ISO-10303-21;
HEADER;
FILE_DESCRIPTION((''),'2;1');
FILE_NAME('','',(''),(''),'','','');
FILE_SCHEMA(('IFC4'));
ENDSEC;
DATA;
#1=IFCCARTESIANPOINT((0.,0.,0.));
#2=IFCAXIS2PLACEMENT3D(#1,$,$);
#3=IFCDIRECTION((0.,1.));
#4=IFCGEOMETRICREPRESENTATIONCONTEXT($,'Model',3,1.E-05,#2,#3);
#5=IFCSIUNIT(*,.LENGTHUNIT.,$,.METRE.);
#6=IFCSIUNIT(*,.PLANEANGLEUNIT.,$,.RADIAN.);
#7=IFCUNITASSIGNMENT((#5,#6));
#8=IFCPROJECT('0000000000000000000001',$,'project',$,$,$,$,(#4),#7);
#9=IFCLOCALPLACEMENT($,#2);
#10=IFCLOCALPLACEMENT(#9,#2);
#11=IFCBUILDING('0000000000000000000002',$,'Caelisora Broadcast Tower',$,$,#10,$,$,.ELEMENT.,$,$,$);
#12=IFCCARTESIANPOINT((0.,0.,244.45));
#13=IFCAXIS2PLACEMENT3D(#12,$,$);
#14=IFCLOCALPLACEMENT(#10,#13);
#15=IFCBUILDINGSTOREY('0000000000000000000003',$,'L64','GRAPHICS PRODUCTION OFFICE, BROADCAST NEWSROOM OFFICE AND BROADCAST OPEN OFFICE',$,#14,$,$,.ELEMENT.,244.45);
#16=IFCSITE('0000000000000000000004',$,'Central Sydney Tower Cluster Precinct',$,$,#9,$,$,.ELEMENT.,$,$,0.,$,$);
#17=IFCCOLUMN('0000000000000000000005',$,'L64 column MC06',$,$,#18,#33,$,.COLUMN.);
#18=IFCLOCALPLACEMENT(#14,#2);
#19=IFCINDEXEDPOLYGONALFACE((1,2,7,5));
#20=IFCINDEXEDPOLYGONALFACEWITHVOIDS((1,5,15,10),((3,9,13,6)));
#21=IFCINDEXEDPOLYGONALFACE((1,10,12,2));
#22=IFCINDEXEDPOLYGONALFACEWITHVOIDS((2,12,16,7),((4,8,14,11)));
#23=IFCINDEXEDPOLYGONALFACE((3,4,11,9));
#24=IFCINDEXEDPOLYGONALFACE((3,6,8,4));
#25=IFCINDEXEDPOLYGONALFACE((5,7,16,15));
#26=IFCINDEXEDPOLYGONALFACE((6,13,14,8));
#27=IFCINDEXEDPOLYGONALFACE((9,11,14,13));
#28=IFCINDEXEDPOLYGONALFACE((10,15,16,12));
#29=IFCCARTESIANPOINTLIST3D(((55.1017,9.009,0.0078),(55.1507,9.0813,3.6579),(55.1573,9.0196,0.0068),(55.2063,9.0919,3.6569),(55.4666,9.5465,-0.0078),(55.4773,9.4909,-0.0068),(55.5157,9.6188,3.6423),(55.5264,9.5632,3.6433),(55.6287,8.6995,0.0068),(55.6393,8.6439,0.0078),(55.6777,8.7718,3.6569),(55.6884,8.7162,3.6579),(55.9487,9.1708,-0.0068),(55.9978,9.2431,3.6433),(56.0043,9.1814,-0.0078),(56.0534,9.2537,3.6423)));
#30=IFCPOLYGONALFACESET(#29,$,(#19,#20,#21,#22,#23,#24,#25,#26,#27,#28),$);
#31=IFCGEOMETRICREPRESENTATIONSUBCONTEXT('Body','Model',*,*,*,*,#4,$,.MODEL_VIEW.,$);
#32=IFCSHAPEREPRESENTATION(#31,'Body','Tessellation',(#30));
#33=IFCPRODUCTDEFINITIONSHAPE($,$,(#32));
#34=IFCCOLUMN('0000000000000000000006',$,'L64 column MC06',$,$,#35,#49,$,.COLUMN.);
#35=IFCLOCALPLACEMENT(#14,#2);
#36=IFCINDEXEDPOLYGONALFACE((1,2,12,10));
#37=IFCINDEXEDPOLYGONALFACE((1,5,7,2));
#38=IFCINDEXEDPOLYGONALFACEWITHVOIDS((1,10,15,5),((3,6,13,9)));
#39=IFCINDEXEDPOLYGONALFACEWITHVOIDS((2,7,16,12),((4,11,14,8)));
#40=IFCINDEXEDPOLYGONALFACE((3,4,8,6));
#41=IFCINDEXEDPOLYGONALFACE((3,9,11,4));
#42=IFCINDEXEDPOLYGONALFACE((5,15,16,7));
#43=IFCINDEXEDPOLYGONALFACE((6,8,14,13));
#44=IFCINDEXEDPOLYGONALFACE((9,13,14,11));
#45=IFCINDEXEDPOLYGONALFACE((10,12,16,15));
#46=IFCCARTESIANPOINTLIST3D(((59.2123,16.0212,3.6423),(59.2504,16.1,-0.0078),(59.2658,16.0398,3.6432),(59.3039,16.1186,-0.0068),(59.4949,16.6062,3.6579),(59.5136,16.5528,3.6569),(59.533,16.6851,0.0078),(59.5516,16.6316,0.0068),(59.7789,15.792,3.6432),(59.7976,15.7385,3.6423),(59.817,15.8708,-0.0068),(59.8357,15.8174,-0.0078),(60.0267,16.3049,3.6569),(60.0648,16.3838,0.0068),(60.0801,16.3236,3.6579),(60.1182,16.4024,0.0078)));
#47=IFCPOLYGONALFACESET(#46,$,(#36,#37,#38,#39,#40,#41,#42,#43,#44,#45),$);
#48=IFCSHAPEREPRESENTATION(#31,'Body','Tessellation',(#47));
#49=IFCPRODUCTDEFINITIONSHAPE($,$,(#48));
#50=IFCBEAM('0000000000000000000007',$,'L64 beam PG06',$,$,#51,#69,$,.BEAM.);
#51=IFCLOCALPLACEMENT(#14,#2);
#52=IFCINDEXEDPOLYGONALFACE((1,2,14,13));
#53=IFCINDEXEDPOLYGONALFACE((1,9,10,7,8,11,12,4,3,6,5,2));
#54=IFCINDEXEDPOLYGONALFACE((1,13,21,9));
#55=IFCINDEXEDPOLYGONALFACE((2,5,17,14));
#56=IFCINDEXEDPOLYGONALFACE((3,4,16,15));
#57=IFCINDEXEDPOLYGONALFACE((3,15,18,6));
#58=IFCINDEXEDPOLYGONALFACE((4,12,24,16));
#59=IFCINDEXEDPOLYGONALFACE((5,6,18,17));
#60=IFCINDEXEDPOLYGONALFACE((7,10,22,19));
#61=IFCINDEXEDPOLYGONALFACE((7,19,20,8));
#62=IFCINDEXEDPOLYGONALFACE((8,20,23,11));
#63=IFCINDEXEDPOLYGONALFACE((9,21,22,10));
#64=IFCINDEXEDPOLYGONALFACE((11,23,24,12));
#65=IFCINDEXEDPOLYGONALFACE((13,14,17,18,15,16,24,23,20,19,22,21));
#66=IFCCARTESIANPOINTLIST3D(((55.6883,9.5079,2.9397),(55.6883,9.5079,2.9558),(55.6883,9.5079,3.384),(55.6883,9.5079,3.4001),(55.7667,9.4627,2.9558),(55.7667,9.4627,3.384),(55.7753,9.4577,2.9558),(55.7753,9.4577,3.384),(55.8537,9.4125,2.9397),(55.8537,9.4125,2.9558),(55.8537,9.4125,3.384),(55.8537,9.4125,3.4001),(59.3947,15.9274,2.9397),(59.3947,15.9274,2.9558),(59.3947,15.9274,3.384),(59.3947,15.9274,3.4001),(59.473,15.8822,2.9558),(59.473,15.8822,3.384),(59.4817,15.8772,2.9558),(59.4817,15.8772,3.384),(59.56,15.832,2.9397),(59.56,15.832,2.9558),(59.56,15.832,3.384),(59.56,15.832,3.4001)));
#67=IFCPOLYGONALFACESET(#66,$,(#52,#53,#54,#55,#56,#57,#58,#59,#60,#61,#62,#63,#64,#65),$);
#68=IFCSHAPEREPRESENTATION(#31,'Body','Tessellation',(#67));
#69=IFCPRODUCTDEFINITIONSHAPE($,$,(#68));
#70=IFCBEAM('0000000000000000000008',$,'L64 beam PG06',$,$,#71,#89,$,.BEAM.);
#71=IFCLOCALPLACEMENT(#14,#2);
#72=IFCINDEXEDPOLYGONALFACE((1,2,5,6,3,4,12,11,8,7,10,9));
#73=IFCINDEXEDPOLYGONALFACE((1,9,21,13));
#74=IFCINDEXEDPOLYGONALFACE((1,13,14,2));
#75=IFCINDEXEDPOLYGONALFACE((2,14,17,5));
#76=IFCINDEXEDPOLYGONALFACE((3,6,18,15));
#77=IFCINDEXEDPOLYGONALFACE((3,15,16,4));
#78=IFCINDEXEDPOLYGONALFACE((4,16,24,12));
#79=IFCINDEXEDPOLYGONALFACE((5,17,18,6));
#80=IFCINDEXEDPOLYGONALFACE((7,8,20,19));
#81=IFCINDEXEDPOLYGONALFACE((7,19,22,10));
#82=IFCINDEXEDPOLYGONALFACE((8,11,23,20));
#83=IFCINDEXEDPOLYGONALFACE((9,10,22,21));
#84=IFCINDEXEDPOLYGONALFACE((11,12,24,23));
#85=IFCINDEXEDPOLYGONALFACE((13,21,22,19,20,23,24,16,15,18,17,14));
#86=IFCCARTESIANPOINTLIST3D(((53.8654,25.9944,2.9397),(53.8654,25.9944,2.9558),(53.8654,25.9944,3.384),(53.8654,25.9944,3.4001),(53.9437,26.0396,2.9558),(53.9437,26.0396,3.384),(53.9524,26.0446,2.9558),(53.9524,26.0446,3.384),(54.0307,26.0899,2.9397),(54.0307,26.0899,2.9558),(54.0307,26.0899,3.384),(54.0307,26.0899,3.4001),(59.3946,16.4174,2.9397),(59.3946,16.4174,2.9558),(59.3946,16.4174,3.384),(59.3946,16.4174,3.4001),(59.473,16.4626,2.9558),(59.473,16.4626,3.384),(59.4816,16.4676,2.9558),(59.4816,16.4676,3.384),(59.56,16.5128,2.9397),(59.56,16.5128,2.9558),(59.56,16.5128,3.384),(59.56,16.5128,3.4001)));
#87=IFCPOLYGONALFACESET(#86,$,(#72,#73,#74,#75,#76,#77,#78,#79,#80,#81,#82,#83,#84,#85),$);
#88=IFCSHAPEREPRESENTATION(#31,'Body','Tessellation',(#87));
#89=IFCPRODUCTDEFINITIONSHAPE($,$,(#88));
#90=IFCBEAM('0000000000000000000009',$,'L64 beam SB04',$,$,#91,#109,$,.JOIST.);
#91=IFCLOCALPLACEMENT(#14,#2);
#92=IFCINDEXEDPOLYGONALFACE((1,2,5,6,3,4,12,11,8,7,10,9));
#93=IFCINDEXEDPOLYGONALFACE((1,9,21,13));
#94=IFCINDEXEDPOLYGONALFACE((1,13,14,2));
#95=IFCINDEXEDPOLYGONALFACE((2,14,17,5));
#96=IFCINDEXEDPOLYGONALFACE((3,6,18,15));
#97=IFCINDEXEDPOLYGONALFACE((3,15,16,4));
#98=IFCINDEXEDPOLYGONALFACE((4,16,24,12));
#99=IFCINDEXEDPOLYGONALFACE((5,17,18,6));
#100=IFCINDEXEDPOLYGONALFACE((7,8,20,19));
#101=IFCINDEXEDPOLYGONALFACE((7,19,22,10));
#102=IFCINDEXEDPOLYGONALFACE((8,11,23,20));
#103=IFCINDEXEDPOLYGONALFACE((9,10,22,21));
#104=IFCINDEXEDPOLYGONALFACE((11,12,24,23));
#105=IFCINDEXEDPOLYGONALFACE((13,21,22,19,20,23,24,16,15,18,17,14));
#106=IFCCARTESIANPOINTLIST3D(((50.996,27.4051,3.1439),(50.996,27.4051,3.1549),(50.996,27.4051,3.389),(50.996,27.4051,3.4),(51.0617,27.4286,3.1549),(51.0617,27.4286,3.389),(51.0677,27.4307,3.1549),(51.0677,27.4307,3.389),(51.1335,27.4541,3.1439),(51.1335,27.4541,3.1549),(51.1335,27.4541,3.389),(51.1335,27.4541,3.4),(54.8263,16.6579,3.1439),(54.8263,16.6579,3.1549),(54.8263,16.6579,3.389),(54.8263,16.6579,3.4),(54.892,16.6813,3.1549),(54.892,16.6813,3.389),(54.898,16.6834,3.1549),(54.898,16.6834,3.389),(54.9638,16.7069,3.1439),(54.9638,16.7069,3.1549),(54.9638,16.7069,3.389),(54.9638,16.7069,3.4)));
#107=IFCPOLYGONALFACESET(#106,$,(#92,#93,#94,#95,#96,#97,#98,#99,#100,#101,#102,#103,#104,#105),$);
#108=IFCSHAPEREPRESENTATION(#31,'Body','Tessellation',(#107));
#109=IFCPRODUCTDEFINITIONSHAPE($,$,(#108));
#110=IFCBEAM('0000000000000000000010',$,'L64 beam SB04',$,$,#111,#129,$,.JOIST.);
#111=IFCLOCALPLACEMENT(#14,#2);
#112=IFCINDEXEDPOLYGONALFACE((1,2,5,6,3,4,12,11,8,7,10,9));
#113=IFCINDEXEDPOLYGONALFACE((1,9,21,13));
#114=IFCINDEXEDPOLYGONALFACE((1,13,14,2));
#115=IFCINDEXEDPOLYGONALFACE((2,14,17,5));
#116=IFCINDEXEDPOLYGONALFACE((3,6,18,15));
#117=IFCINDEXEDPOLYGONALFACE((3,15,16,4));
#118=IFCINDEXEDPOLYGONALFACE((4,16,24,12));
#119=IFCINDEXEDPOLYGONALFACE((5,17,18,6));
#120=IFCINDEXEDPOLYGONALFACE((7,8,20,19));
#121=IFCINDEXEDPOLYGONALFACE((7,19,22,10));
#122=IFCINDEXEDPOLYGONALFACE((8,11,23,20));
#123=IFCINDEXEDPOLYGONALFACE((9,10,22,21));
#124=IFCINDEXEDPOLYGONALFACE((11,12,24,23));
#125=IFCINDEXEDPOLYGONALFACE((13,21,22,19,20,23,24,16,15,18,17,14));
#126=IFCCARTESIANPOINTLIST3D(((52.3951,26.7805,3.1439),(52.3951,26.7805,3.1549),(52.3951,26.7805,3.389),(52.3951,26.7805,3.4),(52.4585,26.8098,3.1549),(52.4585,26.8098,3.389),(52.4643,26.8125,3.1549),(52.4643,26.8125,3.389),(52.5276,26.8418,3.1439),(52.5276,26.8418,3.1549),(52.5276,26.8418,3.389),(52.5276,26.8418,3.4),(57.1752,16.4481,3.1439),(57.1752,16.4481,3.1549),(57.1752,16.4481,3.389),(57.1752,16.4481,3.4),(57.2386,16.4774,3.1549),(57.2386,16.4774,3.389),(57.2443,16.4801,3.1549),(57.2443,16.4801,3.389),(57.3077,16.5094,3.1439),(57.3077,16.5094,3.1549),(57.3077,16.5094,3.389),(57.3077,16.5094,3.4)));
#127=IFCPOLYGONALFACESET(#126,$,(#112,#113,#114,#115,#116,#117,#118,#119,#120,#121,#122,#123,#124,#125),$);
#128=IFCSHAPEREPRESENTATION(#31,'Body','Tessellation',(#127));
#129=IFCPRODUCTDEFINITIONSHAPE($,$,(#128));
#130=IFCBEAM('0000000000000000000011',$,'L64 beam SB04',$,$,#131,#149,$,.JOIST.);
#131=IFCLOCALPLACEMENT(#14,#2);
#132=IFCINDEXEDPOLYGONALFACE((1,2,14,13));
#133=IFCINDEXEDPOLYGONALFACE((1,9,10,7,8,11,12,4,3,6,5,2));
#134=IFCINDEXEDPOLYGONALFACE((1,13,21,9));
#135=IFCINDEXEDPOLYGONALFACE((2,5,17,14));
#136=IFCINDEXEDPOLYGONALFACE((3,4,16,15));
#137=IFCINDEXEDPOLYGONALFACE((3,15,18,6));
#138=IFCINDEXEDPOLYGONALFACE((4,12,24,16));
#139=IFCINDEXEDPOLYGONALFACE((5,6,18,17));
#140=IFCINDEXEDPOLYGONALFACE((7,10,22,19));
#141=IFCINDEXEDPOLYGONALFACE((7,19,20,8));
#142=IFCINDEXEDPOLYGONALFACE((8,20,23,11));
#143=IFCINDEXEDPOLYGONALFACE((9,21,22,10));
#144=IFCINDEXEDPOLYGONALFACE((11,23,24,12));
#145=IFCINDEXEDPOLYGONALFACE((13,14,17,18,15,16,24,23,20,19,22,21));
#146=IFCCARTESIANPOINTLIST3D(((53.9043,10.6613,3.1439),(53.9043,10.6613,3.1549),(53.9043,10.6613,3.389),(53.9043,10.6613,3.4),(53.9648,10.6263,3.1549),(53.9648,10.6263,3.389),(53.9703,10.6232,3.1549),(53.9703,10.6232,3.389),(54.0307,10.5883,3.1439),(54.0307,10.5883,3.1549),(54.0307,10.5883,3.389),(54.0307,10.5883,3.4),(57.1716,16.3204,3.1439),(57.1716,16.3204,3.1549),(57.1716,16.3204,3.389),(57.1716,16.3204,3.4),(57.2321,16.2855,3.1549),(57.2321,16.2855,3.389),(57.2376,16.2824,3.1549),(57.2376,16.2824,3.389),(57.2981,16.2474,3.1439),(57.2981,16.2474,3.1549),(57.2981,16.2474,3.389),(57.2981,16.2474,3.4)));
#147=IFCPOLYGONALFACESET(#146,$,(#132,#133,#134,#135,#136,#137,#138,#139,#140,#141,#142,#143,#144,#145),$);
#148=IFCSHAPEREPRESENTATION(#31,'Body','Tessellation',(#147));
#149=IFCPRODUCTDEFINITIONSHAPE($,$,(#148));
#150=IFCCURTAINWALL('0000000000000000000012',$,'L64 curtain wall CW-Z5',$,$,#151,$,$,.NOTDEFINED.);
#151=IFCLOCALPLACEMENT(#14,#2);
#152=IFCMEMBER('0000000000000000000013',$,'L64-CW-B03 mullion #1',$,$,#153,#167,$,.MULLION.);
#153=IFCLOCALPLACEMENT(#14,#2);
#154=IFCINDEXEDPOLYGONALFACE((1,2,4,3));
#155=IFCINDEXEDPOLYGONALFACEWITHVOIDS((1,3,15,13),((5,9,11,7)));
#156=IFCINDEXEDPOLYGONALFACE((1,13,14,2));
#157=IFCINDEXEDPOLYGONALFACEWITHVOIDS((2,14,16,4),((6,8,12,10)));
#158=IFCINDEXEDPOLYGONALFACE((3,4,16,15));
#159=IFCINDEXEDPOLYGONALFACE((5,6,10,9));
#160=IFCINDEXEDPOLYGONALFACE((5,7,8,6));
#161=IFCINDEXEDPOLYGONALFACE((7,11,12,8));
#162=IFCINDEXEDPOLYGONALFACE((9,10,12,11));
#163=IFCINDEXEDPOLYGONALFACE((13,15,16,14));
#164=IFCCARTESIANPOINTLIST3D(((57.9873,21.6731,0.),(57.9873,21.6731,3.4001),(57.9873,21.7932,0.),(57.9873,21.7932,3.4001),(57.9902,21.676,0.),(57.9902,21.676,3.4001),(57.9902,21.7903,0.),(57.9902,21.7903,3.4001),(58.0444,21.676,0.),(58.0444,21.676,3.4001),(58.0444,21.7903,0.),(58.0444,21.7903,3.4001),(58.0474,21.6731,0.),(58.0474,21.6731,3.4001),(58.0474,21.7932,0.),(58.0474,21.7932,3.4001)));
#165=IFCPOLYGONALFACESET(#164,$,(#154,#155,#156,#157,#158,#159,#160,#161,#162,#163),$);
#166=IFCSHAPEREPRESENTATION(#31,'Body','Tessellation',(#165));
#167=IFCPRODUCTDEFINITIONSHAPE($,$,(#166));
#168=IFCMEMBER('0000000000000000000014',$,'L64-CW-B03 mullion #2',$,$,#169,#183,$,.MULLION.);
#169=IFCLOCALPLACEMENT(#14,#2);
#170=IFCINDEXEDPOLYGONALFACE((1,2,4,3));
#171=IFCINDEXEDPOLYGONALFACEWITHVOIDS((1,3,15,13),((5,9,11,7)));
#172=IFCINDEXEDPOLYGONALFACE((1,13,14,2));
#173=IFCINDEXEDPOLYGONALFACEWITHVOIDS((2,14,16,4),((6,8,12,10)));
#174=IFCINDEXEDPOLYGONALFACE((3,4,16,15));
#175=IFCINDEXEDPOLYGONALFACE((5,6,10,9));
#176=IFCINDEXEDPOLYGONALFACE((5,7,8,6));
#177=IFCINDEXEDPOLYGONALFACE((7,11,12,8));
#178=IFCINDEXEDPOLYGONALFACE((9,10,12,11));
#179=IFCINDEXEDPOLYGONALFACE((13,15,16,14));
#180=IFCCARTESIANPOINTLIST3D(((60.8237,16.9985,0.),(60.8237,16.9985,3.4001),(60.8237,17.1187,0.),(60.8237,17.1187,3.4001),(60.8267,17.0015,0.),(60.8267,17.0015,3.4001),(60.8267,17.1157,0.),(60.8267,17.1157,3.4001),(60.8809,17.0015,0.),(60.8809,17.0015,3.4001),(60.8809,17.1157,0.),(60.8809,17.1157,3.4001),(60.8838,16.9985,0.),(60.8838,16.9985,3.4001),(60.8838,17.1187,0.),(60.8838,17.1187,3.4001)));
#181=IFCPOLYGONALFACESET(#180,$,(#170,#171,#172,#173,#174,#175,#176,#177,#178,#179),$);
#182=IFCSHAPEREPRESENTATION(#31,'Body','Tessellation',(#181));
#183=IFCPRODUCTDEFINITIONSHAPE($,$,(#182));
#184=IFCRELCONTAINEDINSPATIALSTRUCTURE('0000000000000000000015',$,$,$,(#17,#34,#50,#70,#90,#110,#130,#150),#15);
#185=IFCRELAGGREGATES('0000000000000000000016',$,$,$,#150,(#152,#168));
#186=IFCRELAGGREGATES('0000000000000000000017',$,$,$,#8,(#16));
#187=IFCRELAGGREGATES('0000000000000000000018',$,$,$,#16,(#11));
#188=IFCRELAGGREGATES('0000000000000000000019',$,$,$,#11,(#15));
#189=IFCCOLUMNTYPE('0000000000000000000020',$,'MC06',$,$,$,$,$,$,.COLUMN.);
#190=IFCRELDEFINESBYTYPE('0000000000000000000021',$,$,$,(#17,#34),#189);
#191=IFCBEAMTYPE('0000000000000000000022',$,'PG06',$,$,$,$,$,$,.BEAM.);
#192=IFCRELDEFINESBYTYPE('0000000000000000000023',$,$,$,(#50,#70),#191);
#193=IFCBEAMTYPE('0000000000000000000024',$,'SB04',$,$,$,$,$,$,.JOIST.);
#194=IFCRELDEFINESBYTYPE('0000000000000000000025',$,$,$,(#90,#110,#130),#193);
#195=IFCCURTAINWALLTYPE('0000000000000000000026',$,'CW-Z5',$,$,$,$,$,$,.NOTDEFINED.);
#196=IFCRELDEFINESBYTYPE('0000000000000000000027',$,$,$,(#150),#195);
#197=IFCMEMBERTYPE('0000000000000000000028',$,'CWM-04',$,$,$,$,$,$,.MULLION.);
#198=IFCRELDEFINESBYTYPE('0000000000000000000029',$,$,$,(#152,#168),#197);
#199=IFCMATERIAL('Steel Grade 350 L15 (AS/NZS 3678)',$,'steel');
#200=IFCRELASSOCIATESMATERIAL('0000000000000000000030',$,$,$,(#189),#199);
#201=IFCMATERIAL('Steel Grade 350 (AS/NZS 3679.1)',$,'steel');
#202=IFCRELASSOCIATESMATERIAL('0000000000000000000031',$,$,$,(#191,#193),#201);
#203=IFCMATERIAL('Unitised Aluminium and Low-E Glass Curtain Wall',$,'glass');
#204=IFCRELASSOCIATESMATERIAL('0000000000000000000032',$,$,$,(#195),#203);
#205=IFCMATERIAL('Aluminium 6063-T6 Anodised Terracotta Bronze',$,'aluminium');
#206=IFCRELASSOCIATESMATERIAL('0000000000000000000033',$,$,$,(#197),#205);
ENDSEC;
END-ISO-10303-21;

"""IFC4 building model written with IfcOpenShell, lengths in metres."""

from ifc_helpers import new_model, si_unit, direction, frame, origin, origin_2d, place, context, subcontext, project, spatial, hollow_rectangle, i_section, extrude, source, transform, mapped, material, material_profile, profile_set, type_object, type_shapes, element, aggregate, save


model = new_model("IFC4")

# Units and contexts
model_context = context("Model", 3, precision=1e-05, world=origin(), true_north=direction((0.0, 1.0)))
body_context = subcontext(model_context, "Body", "Model", "MODEL_VIEW")
ifc_project = project(units=[si_unit("LENGTHUNIT", "METRE"), si_unit("PLANEANGLEUNIT", "RADIAN")], contexts=[model_context])

# Site, building, storey
site_placement = place(None, origin())
site = spatial("IfcSite", under=ifc_project, at=site_placement, Name="Central Sydney Tower Cluster Precinct", CompositionType="ELEMENT", RefElevation=0.0)
building_placement = place(site_placement, origin())
building = spatial("IfcBuilding", under=site, at=building_placement, Name="Caelisora Broadcast Tower", CompositionType="ELEMENT")
storey_placement = place(building_placement, frame((0.0, 0.0, 244.45)))
storey = spatial("IfcBuildingStorey", under=building, at=storey_placement, Name="L64", Description="GRAPHICS PRODUCTION OFFICE, BROADCAST NEWSROOM OFFICE AND BROADCAST OPEN OFFICE", CompositionType="ELEMENT", Elevation=244.45)

# Columns
ifc_material_1 = material(Name="Steel Grade 350 L15 (AS/NZS 3678)", Category="steel")
ifc_material_profile_1 = material_profile(ifc_material_1, hollow_rectangle(XDim=0.6499, YDim=0.6499, WallThickness=0.04, at=origin_2d()), Name="Steel Grade 350 L15 (AS/NZS 3678)")
ifc_profile_set_1 = profile_set([ifc_material_profile_1], Name="Steel Grade 350 L15 (AS/NZS 3678)")
column_type = type_object("IfcColumnType", Name="MC06", PredefinedType="COLUMN", material=ifc_profile_set_1)
shared_shape_1 = source(origin(), body_context, "Body", "SweptSolid", [
    extrude(hollow_rectangle(XDim=0.6499, YDim=0.6499, WallThickness=0.04, at=origin_2d()), origin(), (0.0, 0.0, 1.0), 3.6511),
])
type_shapes(column_type, [shared_shape_1])
for number, where, z_axis, x_axis, name in (
    (1, (55.553, 9.0952, 0.0), (0.01344, 0.019792, 0.999714), (-0.82729, 0.561775, 0.0), "L64 column MC06"),
    (2, (59.6843, 16.2512, 0.0), (-0.010431, -0.021598, 0.999712), (0.900476, -0.434905, 0.0), "L64 column MC06"),
):
    element("IfcColumn", number, at=place(storey_placement, frame(where, z_axis=z_axis, x_axis=x_axis)), inside=storey, type_object=column_type, Name=name, PredefinedType="COLUMN", context=body_context, shape_type="MappedRepresentation", body=[
        mapped(shared_shape_1, transform((0.0, 0.0, 0.0), scale=1.0)),
    ])

# Beams
ifc_material_2 = material(Name="Steel Grade 350 (AS/NZS 3679.1)", Category="steel")
ifc_material_profile_2 = material_profile(ifc_material_2, i_section(OverallWidth=0.1909, OverallDepth=0.4604, WebThickness=0.01, FlangeThickness=0.0161, at=origin_2d()), Name="Steel Grade 350 (AS/NZS 3679.1)")
ifc_profile_set_2 = profile_set([ifc_material_profile_2], Name="Steel Grade 350 (AS/NZS 3679.1)")
beam_type_1 = type_object("IfcBeamType", Name="PG06", PredefinedType="BEAM", material=ifc_profile_set_2)
shared_shape_2 = source(origin(), body_context, "Body", "SweptSolid", [
    extrude(i_section(OverallWidth=0.1909, OverallDepth=0.4604, WebThickness=0.01, FlangeThickness=0.0161, at=origin_2d()), origin(), (0.0, 0.0, 1.0), 7.4126),
])
beam_1_placement = place(storey_placement, frame((55.771, 9.4602, 3.1699), z_axis=(0.500004, 0.866023, 0.0), x_axis=(-0.866023, 0.500004, 0.0)))
element("IfcBeam", 3, at=beam_1_placement, inside=storey, type_object=beam_type_1, Name="L64 beam PG06", PredefinedType="BEAM", context=body_context, shape_type="MappedRepresentation", body=[
    mapped(shared_shape_2, transform((0.0, 0.0, 0.0), scale=1.0)),
])
shared_shape_3 = source(origin(), body_context, "Body", "SweptSolid", [
    extrude(i_section(OverallWidth=0.1909, OverallDepth=0.4604, WebThickness=0.01, FlangeThickness=0.0161, at=origin_2d()), origin(), (0.0, 0.0, 1.0), 11.0586),
])
type_shapes(beam_type_1, [shared_shape_2, shared_shape_3])
beam_2_placement = place(storey_placement, frame((59.4773, 16.4651, 3.1699), z_axis=(-0.499995, 0.866028, 0.0), x_axis=(-0.866028, -0.499995, 0.0)))
element("IfcBeam", 4, at=beam_2_placement, inside=storey, type_object=beam_type_1, Name="L64 beam PG06", PredefinedType="BEAM", context=body_context, shape_type="MappedRepresentation", body=[
    mapped(shared_shape_3, transform((0.0, 0.0, 0.0), scale=1.0)),
])
ifc_material_profile_3 = material_profile(ifc_material_2, i_section(OverallWidth=0.146, OverallDepth=0.2561, WebThickness=0.0063, FlangeThickness=0.011, at=origin_2d()), Name="Steel Grade 350 (AS/NZS 3679.1)")
ifc_profile_set_3 = profile_set([ifc_material_profile_3], Name="Steel Grade 350 (AS/NZS 3679.1)")
beam_type_2 = type_object("IfcBeamType", Name="SB04", PredefinedType="JOIST", material=ifc_profile_set_3)
shared_shape_4 = source(origin(), body_context, "Body", "SweptSolid", [
    extrude(i_section(OverallWidth=0.146, OverallDepth=0.2561, WebThickness=0.0063, FlangeThickness=0.011, at=origin_2d()), origin(), (0.0, 0.0, 1.0), 11.4094),
])
beam_3_placement = place(storey_placement, frame((54.895, 16.6824, 3.272), z_axis=(-0.335714, 0.941964, 0.0), x_axis=(-0.941964, -0.335714, 0.0)))
element("IfcBeam", 5, at=beam_3_placement, inside=storey, type_object=beam_type_2, Name="L64 beam SB04", PredefinedType="JOIST", context=body_context, shape_type="MappedRepresentation", body=[
    mapped(shared_shape_4, transform((0.0, 0.0, 0.0), scale=1.0)),
])
shared_shape_5 = source(origin(), body_context, "Body", "SweptSolid", [
    extrude(i_section(OverallWidth=0.146, OverallDepth=0.2561, WebThickness=0.0063, FlangeThickness=0.011, at=origin_2d()), origin(), (0.0, 0.0, 1.0), 11.3845),
])
beam_4_placement = place(storey_placement, frame((57.2415, 16.4788, 3.272), z_axis=(-0.419875, 0.907582, 0.0), x_axis=(-0.907582, -0.419875, 0.0)))
element("IfcBeam", 6, at=beam_4_placement, inside=storey, type_object=beam_type_2, Name="L64 beam SB04", PredefinedType="JOIST", context=body_context, shape_type="MappedRepresentation", body=[
    mapped(shared_shape_5, transform((0.0, 0.0, 0.0), scale=1.0)),
])
shared_shape_6 = source(origin(), body_context, "Body", "SweptSolid", [
    extrude(i_section(OverallWidth=0.146, OverallDepth=0.2561, WebThickness=0.0063, FlangeThickness=0.011, at=origin_2d()), origin(), (0.0, 0.0, 1.0), 6.5347),
])
type_shapes(beam_type_2, [shared_shape_4, shared_shape_5, shared_shape_6])
beam_5_placement = place(storey_placement, frame((53.9675, 10.6248, 3.272), z_axis=(0.500001, 0.866025, 0.0), x_axis=(-0.866025, 0.500001, 0.0)))
element("IfcBeam", 7, at=beam_5_placement, inside=storey, type_object=beam_type_2, Name="L64 beam SB04", PredefinedType="JOIST", context=body_context, shape_type="MappedRepresentation", body=[
    mapped(shared_shape_6, transform((0.0, 0.0, 0.0), scale=1.0)),
])

# Curtain wall, members
ifc_material_3 = material(Name="Unitised Aluminium and Low-E Glass Curtain Wall", Category="glass")
curtain_wall_type = type_object("IfcCurtainWallType", Name="CW-Z5", PredefinedType="NOTDEFINED", material=ifc_material_3)
curtain_wall_1_placement = place(storey_placement, origin())
curtain_wall_1 = element("IfcCurtainWall", 8, at=curtain_wall_1_placement, inside=storey, type_object=curtain_wall_type, Name="L64 curtain wall CW-Z5", PredefinedType="NOTDEFINED")
ifc_material_4 = material(Name="Aluminium 6063-T6 Anodised Terracotta Bronze", Category="aluminium")
ifc_material_profile_4 = material_profile(ifc_material_4, hollow_rectangle(XDim=0.0601, YDim=0.1201, WallThickness=0.0029, at=origin_2d()), Name="Aluminium 6063-T6 Anodised Terracotta Bronze")
ifc_profile_set_4 = profile_set([ifc_material_profile_4], Name="Aluminium 6063-T6 Anodised Terracotta Bronze")
member_type_1 = type_object("IfcMemberType", Name="CWM-04", PredefinedType="MULLION", material=ifc_profile_set_4)
shared_shape_7 = source(origin(), body_context, "Body", "SweptSolid", [
    extrude(hollow_rectangle(XDim=0.0601, YDim=0.1201, WallThickness=0.0029, at=origin_2d()), origin(), (0.0, 0.0, 1.0), 3.4001),
])
type_shapes(member_type_1, [shared_shape_7])
member_1_placement = place(storey_placement, frame((58.0173, 21.7332, 0.0), z_axis=(0.0, 0.0, 1.0), x_axis=(1.0, 0.0, 0.0)))
member_1 = element("IfcMember", 9, at=member_1_placement, type_object=member_type_1, Name="L64-CW-B03 mullion #1", PredefinedType="MULLION", context=body_context, shape_type="MappedRepresentation", body=[
    mapped(shared_shape_7, transform((0.0, 0.0, 0.0), scale=1.0)),
])
member_2_placement = place(storey_placement, frame((60.8538, 17.0586, 0.0), z_axis=(0.0, 0.0, 1.0), x_axis=(1.0, 0.0, 0.0)))
member_2 = element("IfcMember", 10, at=member_2_placement, type_object=member_type_1, Name="L64-CW-B03 mullion #2", PredefinedType="MULLION", context=body_context, shape_type="MappedRepresentation", body=[
    mapped(shared_shape_7, transform((0.0, 0.0, 0.0), scale=1.0)),
])

aggregate(curtain_wall_1, [member_1, member_2])

save(model, "model.ifc")
